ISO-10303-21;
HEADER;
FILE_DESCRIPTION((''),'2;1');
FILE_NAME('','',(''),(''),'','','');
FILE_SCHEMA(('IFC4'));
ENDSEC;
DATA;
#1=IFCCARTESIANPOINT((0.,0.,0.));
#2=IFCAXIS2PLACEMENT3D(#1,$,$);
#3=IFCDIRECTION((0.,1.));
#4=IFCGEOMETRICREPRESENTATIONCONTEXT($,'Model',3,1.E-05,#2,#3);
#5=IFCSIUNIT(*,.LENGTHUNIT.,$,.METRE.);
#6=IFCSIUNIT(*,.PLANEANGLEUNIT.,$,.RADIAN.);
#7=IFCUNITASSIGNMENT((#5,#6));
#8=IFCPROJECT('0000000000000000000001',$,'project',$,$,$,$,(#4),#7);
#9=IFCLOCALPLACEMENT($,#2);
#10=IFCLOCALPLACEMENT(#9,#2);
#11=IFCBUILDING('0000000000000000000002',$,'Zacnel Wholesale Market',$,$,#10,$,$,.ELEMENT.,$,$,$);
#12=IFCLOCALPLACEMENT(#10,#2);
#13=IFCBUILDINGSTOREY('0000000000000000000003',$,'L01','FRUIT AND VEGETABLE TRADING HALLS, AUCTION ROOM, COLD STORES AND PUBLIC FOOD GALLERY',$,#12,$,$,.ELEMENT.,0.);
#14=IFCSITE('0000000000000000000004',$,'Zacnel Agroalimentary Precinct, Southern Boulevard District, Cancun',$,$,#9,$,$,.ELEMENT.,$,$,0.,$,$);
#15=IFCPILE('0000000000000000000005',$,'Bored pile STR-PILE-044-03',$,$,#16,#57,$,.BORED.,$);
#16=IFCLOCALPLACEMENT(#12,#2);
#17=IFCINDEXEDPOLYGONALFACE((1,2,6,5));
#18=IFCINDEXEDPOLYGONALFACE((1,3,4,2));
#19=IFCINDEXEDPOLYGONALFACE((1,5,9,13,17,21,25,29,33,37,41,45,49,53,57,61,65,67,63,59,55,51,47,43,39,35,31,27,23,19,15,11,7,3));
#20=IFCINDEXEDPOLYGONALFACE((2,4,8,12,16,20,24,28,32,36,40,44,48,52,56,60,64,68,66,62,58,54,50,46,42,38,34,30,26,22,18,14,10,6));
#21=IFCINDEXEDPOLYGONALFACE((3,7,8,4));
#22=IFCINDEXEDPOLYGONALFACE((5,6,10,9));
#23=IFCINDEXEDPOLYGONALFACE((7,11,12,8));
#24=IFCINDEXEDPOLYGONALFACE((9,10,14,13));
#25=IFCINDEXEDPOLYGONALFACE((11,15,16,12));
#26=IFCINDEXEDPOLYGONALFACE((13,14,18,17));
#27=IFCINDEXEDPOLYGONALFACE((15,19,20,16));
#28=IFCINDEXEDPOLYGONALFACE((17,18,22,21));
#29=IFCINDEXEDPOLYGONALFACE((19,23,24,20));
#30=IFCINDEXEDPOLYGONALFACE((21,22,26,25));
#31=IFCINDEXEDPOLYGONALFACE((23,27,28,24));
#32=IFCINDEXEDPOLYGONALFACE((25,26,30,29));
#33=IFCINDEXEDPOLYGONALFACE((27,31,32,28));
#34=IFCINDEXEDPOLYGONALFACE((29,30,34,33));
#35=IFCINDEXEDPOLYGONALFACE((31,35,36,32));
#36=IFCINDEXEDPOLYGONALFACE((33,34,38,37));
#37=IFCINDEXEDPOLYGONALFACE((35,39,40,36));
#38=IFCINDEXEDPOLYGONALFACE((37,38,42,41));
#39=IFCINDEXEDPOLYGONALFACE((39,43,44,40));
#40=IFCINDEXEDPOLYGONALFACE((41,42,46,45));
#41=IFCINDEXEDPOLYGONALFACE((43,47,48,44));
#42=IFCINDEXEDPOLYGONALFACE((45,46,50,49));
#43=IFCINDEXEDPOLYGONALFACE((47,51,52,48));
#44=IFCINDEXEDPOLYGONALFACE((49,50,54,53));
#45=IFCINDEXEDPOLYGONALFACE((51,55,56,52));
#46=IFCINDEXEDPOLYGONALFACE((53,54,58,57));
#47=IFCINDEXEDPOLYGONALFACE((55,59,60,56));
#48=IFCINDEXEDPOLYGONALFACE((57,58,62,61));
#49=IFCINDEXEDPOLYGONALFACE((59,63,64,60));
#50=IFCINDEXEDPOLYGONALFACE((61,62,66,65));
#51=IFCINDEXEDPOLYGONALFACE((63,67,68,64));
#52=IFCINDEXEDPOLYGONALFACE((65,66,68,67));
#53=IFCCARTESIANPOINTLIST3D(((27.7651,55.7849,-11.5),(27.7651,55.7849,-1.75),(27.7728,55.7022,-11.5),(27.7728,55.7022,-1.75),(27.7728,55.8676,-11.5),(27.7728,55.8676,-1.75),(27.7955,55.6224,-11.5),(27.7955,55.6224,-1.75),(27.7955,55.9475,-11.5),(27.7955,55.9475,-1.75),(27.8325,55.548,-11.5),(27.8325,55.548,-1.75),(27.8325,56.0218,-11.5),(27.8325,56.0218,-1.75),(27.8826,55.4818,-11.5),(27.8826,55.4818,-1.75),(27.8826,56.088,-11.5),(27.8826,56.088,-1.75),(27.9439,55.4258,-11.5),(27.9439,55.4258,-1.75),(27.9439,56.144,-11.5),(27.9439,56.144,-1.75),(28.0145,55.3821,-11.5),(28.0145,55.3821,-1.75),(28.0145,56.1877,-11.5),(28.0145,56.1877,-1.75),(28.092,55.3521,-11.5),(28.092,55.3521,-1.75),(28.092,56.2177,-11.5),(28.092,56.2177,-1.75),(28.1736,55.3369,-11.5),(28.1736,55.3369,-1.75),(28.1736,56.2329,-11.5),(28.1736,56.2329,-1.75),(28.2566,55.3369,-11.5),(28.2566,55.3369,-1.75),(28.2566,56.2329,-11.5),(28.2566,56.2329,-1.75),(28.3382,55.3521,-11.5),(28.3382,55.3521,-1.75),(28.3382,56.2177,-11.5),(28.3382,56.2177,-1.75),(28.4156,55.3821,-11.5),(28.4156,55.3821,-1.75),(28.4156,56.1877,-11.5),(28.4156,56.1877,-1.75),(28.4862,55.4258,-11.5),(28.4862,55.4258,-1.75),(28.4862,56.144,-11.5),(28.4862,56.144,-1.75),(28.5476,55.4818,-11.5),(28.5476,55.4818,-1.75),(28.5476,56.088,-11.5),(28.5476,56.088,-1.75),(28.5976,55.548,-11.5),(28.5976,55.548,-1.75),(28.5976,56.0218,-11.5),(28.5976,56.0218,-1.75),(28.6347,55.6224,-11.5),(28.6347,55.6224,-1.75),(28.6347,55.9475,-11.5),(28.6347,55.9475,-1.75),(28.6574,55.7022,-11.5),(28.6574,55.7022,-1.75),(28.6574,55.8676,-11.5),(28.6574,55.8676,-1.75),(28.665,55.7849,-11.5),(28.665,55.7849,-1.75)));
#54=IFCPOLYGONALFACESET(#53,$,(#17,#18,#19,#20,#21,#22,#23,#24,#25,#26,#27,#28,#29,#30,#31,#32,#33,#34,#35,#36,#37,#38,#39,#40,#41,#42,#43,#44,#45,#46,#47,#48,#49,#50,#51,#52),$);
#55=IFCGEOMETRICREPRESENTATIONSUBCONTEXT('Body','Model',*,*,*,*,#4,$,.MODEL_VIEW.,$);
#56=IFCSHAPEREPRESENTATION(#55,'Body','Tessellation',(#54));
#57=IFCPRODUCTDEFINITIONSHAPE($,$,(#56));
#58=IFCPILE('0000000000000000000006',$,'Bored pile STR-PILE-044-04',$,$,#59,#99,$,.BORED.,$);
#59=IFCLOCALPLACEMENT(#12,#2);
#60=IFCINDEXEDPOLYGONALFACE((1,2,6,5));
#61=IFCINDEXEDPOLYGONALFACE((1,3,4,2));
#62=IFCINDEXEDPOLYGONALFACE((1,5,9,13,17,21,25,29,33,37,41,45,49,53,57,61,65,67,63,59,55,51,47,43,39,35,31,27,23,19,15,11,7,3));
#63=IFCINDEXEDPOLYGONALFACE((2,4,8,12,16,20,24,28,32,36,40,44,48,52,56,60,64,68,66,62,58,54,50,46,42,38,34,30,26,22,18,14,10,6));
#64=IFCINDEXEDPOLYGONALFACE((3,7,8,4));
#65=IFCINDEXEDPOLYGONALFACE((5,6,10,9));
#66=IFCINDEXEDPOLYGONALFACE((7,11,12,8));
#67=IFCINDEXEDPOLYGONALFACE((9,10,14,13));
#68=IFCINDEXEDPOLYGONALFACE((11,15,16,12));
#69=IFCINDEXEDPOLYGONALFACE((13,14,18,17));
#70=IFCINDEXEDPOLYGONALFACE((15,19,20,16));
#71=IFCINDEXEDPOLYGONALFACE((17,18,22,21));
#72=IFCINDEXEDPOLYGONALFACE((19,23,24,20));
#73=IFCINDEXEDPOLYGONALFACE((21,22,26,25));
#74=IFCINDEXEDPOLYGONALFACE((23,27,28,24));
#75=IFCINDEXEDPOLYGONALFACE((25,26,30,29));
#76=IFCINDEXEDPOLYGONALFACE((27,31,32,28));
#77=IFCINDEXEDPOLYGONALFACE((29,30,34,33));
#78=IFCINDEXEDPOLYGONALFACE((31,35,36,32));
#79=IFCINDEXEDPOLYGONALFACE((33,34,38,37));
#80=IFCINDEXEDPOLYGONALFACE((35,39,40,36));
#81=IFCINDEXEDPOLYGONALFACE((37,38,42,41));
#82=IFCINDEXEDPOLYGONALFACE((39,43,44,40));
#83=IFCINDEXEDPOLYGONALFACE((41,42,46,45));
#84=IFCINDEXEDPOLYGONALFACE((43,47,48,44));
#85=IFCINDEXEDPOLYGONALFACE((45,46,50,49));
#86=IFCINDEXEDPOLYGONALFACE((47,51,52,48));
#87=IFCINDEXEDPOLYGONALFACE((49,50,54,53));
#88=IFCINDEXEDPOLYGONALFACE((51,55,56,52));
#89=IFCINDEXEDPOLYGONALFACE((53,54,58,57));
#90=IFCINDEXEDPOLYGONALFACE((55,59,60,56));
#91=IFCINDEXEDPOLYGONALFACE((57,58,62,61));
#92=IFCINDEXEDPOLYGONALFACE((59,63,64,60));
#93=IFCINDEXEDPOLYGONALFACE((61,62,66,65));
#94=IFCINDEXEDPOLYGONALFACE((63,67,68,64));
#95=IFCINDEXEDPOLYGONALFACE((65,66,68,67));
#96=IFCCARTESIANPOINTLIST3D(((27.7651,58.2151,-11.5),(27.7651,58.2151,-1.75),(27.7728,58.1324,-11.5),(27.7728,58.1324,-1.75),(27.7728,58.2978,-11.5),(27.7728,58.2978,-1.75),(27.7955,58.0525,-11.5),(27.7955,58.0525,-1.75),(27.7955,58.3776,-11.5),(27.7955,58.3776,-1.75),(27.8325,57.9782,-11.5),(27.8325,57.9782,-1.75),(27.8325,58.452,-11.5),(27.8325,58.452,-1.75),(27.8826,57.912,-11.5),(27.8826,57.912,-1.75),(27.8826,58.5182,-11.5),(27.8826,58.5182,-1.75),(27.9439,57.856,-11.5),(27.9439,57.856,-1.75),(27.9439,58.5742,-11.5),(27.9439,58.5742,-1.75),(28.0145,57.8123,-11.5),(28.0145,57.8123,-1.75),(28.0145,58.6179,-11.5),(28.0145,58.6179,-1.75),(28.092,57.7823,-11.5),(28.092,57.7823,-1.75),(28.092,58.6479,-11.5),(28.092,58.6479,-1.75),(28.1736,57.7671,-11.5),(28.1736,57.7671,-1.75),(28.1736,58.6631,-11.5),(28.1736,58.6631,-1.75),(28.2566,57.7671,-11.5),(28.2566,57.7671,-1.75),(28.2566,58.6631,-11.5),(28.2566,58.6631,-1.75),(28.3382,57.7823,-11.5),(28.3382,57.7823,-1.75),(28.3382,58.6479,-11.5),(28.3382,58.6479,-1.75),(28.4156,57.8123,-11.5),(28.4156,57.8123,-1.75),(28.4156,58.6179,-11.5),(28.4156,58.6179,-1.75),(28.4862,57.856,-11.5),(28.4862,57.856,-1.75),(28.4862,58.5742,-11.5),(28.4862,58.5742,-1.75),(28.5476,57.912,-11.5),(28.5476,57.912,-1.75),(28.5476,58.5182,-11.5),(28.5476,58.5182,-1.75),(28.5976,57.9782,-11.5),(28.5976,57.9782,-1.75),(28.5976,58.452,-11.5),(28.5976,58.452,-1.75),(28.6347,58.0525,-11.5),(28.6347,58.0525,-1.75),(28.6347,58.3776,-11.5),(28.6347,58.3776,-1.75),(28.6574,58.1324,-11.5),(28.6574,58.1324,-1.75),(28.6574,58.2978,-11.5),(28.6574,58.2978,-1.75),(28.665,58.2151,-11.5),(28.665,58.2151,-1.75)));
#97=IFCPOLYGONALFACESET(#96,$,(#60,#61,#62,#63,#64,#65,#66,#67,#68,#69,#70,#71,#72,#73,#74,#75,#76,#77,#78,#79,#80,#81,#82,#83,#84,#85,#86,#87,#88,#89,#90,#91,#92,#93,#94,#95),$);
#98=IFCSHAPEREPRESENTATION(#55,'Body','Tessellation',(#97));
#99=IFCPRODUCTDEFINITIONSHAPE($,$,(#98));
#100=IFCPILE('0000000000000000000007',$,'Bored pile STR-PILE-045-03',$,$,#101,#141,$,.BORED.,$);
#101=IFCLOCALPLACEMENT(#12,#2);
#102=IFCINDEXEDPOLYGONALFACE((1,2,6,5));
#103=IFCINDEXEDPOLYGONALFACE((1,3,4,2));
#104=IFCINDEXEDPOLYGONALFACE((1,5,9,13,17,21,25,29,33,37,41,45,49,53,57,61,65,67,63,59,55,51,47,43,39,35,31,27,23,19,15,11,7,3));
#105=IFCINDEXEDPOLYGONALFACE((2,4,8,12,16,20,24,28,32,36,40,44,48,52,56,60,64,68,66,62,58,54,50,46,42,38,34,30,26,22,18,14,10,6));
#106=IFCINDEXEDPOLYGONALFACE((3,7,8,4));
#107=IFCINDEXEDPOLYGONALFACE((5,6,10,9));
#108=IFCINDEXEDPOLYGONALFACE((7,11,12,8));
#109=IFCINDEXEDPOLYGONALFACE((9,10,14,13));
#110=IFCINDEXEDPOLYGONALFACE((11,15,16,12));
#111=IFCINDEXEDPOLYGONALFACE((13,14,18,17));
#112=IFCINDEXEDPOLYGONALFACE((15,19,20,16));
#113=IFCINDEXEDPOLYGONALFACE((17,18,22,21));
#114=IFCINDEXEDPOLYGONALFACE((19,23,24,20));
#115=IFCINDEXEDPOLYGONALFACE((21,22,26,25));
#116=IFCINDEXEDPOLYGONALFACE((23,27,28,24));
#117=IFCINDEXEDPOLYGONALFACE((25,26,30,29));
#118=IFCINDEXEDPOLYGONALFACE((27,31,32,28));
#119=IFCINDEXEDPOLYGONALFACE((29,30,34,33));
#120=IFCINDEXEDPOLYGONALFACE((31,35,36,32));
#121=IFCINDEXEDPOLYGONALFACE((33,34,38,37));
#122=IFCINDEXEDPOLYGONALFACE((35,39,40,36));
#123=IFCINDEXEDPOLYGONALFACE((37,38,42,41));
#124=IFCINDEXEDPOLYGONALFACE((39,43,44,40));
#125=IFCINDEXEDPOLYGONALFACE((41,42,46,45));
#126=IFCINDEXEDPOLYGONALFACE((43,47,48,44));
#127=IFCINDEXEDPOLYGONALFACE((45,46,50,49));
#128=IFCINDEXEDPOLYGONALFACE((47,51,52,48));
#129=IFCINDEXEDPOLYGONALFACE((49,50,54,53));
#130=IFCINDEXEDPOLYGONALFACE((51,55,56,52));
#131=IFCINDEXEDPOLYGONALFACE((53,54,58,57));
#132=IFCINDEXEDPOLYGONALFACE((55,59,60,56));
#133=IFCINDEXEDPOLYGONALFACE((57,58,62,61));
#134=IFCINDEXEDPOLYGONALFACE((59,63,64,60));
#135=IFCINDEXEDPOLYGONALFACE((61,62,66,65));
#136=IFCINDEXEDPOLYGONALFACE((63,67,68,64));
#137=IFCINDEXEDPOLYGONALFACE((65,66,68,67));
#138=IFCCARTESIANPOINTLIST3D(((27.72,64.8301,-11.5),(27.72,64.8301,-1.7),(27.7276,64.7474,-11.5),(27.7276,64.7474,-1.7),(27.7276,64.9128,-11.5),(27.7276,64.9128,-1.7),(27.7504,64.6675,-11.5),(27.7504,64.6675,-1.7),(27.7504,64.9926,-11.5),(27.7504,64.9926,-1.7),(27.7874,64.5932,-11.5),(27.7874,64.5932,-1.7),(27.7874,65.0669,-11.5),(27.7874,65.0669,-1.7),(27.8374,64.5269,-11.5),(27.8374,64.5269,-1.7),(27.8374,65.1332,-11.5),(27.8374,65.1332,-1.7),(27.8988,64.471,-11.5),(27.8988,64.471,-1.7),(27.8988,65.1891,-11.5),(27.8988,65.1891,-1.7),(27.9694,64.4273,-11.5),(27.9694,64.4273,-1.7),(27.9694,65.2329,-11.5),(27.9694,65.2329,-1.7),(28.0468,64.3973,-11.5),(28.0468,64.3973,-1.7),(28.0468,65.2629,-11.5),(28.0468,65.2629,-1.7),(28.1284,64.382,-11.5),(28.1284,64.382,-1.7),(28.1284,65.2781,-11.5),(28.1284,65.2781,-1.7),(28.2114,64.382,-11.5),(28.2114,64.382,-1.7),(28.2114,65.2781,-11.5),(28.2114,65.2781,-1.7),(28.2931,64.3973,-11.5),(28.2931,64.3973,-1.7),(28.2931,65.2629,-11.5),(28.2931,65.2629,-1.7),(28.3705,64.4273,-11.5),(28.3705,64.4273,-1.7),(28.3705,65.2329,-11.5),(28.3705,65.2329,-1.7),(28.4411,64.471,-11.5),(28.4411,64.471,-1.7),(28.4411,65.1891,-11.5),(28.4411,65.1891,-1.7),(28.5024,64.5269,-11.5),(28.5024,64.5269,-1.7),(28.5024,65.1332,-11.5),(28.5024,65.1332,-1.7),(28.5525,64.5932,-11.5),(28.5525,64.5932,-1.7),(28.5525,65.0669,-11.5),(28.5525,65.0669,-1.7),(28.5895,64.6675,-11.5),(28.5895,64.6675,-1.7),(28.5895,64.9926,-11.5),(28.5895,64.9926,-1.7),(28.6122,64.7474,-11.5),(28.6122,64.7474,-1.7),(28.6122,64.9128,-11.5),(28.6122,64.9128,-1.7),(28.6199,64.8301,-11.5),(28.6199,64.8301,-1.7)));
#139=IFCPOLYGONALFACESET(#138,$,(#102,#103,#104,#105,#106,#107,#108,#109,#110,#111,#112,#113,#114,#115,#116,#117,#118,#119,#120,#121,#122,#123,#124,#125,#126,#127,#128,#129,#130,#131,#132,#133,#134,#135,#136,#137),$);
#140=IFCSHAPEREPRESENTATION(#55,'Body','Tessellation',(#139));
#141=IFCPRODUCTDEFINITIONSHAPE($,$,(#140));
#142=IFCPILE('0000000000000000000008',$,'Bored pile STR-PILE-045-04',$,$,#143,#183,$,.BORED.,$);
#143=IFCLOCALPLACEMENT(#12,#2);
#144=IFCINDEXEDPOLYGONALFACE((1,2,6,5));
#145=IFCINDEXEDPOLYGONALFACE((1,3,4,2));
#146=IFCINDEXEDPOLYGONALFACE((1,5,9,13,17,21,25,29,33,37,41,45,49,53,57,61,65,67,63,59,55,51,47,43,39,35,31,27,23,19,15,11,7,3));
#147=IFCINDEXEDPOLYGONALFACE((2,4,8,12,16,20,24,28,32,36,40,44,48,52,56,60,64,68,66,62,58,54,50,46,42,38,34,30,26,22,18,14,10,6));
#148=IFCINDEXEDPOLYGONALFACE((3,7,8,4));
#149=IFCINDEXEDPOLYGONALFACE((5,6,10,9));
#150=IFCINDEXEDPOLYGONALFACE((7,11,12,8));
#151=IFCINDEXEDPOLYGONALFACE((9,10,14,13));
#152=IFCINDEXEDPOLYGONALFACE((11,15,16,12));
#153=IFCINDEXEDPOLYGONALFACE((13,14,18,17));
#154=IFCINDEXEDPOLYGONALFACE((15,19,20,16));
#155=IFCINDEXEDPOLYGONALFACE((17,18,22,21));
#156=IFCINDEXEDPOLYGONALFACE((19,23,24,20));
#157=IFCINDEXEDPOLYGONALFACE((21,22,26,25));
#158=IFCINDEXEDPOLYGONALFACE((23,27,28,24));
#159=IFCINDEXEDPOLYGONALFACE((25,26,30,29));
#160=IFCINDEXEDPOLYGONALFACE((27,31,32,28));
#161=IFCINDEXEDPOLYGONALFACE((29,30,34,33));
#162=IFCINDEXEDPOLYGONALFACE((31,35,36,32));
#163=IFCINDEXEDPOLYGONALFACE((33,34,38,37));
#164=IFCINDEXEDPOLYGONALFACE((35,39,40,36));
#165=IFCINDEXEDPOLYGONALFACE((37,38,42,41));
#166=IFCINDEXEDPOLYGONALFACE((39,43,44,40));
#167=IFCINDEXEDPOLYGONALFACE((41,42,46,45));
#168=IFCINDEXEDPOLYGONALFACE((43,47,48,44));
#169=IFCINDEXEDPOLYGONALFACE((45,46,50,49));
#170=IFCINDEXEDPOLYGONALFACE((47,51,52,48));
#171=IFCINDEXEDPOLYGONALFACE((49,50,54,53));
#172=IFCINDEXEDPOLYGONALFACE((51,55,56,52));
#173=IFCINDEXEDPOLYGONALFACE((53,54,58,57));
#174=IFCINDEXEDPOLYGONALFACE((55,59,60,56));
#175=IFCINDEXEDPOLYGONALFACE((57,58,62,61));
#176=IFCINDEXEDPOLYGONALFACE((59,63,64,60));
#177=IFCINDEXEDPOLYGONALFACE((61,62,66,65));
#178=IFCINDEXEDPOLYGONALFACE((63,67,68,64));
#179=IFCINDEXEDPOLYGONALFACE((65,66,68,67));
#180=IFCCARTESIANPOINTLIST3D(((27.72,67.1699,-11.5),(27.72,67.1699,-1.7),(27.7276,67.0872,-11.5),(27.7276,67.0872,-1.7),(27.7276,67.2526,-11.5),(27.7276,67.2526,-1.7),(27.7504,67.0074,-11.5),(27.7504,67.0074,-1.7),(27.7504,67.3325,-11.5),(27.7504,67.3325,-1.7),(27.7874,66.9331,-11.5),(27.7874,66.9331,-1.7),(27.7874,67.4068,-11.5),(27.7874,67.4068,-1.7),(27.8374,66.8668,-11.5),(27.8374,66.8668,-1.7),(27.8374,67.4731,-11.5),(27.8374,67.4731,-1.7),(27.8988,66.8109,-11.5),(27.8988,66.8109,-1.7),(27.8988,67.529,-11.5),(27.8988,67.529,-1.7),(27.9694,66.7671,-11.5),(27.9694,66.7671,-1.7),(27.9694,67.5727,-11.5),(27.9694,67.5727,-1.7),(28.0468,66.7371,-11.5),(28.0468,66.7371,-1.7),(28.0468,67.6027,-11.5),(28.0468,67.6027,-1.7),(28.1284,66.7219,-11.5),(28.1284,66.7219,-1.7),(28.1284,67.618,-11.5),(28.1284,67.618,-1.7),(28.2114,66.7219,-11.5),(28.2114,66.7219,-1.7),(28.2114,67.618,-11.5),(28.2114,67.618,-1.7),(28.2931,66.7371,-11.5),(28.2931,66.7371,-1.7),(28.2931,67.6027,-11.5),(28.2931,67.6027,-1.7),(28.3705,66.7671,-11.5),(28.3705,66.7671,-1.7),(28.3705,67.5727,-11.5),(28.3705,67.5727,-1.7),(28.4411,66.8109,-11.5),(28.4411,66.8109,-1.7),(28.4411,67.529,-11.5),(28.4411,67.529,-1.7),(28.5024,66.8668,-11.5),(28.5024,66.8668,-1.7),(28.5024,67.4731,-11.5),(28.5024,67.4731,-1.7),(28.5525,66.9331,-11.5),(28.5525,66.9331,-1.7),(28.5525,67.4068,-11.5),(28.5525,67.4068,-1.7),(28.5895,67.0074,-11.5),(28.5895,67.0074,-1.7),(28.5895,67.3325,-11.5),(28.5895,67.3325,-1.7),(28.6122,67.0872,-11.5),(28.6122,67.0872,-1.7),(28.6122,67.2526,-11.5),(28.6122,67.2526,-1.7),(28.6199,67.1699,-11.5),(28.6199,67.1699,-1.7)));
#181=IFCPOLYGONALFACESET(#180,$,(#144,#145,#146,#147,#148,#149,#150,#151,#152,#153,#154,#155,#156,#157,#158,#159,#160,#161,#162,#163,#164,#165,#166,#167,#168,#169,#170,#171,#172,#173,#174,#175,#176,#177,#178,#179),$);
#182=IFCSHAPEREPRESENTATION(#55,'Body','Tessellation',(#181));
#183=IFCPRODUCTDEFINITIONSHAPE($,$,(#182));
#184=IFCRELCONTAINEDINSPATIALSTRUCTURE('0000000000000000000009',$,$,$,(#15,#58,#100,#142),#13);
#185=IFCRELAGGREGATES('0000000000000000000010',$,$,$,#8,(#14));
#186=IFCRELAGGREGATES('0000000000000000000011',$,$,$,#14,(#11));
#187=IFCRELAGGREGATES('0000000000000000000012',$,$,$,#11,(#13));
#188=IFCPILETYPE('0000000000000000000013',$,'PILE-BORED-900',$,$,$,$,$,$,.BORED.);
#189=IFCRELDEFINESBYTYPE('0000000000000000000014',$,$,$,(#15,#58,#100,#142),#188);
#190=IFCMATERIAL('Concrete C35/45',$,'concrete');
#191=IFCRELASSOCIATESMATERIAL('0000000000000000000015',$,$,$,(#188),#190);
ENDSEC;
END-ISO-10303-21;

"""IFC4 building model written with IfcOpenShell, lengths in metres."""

from ifc_helpers import new_model, si_unit, direction, frame, origin, origin_2d, place, context, subcontext, project, spatial, circle, extrude, material, material_profile, profile_set, type_object, element, save


model = new_model("IFC4")

# Units and contexts
model_context = context("Model", 3, precision=1e-05, world=origin(), true_north=direction((0.0, 1.0)))
body_context = subcontext(model_context, "Body", "Model", "MODEL_VIEW")
ifc_project = project(units=[si_unit("LENGTHUNIT", "METRE"), si_unit("PLANEANGLEUNIT", "RADIAN")], contexts=[model_context])

# Site, building, storey
site_placement = place(None, origin())
site = spatial("IfcSite", under=ifc_project, at=site_placement, Name="Zacnel Agroalimentary Precinct, Southern Boulevard District, Cancun", CompositionType="ELEMENT", RefElevation=0.0)
building_placement = place(site_placement, origin())
building = spatial("IfcBuilding", under=site, at=building_placement, Name="Zacnel Wholesale Market", CompositionType="ELEMENT")
storey_placement = place(building_placement, origin())
storey = spatial("IfcBuildingStorey", under=building, at=storey_placement, Name="L01", Description="FRUIT AND VEGETABLE TRADING HALLS, AUCTION ROOM, COLD STORES AND PUBLIC FOOD GALLERY", CompositionType="ELEMENT", Elevation=0.0)

# Piles
ifc_material_1 = material(Name="Concrete C35/45", Category="concrete")
ifc_material_profile_1 = material_profile(ifc_material_1, circle(Radius=0.45, at=origin_2d()), Name="BORED PILE D900")
ifc_profile_set_1 = profile_set([ifc_material_profile_1], Name="Concrete C35/45")
pile_type = type_object("IfcPileType", Name="PILE-BORED-900", PredefinedType="BORED", material=ifc_profile_set_1)
for number, where, z_axis, x_axis, name in (
    (1, (28.2151, 55.7849, -1.75), (0.0, 0.0, -1.0), (1.0, 0.0, 0.0), "Bored pile STR-PILE-044-03"),
    (2, (28.2151, 58.2151, -1.75), (0.0, 0.0, -1.0), (1.0, 0.0, 0.0), "Bored pile STR-PILE-044-04"),
):
    element("IfcPile", number, at=place(storey_placement, frame(where, z_axis=z_axis, x_axis=x_axis)), inside=storey, type_object=pile_type, Name=name, PredefinedType="BORED", context=body_context, shape_type="SweptSolid", body=[
        extrude(circle(Radius=0.45, at=origin_2d()), origin(), (0.0, 0.0, 1.0), 9.75),
    ])
for number, where, z_axis, x_axis, name in (
    (3, (28.1699, 64.8301, -1.7), (0.0, 0.0, -1.0), (1.0, 0.0, 0.0), "Bored pile STR-PILE-045-03"),
    (4, (28.1699, 67.1699, -1.7), (0.0, 0.0, -1.0), (1.0, 0.0, 0.0), "Bored pile STR-PILE-045-04"),
):
    element("IfcPile", number, at=place(storey_placement, frame(where, z_axis=z_axis, x_axis=x_axis)), inside=storey, type_object=pile_type, Name=name, PredefinedType="BORED", context=body_context, shape_type="SweptSolid", body=[
        extrude(circle(Radius=0.45, at=origin_2d()), origin(), (0.0, 0.0, 1.0), 9.8),
    ])

save(model, "model.ifc")
